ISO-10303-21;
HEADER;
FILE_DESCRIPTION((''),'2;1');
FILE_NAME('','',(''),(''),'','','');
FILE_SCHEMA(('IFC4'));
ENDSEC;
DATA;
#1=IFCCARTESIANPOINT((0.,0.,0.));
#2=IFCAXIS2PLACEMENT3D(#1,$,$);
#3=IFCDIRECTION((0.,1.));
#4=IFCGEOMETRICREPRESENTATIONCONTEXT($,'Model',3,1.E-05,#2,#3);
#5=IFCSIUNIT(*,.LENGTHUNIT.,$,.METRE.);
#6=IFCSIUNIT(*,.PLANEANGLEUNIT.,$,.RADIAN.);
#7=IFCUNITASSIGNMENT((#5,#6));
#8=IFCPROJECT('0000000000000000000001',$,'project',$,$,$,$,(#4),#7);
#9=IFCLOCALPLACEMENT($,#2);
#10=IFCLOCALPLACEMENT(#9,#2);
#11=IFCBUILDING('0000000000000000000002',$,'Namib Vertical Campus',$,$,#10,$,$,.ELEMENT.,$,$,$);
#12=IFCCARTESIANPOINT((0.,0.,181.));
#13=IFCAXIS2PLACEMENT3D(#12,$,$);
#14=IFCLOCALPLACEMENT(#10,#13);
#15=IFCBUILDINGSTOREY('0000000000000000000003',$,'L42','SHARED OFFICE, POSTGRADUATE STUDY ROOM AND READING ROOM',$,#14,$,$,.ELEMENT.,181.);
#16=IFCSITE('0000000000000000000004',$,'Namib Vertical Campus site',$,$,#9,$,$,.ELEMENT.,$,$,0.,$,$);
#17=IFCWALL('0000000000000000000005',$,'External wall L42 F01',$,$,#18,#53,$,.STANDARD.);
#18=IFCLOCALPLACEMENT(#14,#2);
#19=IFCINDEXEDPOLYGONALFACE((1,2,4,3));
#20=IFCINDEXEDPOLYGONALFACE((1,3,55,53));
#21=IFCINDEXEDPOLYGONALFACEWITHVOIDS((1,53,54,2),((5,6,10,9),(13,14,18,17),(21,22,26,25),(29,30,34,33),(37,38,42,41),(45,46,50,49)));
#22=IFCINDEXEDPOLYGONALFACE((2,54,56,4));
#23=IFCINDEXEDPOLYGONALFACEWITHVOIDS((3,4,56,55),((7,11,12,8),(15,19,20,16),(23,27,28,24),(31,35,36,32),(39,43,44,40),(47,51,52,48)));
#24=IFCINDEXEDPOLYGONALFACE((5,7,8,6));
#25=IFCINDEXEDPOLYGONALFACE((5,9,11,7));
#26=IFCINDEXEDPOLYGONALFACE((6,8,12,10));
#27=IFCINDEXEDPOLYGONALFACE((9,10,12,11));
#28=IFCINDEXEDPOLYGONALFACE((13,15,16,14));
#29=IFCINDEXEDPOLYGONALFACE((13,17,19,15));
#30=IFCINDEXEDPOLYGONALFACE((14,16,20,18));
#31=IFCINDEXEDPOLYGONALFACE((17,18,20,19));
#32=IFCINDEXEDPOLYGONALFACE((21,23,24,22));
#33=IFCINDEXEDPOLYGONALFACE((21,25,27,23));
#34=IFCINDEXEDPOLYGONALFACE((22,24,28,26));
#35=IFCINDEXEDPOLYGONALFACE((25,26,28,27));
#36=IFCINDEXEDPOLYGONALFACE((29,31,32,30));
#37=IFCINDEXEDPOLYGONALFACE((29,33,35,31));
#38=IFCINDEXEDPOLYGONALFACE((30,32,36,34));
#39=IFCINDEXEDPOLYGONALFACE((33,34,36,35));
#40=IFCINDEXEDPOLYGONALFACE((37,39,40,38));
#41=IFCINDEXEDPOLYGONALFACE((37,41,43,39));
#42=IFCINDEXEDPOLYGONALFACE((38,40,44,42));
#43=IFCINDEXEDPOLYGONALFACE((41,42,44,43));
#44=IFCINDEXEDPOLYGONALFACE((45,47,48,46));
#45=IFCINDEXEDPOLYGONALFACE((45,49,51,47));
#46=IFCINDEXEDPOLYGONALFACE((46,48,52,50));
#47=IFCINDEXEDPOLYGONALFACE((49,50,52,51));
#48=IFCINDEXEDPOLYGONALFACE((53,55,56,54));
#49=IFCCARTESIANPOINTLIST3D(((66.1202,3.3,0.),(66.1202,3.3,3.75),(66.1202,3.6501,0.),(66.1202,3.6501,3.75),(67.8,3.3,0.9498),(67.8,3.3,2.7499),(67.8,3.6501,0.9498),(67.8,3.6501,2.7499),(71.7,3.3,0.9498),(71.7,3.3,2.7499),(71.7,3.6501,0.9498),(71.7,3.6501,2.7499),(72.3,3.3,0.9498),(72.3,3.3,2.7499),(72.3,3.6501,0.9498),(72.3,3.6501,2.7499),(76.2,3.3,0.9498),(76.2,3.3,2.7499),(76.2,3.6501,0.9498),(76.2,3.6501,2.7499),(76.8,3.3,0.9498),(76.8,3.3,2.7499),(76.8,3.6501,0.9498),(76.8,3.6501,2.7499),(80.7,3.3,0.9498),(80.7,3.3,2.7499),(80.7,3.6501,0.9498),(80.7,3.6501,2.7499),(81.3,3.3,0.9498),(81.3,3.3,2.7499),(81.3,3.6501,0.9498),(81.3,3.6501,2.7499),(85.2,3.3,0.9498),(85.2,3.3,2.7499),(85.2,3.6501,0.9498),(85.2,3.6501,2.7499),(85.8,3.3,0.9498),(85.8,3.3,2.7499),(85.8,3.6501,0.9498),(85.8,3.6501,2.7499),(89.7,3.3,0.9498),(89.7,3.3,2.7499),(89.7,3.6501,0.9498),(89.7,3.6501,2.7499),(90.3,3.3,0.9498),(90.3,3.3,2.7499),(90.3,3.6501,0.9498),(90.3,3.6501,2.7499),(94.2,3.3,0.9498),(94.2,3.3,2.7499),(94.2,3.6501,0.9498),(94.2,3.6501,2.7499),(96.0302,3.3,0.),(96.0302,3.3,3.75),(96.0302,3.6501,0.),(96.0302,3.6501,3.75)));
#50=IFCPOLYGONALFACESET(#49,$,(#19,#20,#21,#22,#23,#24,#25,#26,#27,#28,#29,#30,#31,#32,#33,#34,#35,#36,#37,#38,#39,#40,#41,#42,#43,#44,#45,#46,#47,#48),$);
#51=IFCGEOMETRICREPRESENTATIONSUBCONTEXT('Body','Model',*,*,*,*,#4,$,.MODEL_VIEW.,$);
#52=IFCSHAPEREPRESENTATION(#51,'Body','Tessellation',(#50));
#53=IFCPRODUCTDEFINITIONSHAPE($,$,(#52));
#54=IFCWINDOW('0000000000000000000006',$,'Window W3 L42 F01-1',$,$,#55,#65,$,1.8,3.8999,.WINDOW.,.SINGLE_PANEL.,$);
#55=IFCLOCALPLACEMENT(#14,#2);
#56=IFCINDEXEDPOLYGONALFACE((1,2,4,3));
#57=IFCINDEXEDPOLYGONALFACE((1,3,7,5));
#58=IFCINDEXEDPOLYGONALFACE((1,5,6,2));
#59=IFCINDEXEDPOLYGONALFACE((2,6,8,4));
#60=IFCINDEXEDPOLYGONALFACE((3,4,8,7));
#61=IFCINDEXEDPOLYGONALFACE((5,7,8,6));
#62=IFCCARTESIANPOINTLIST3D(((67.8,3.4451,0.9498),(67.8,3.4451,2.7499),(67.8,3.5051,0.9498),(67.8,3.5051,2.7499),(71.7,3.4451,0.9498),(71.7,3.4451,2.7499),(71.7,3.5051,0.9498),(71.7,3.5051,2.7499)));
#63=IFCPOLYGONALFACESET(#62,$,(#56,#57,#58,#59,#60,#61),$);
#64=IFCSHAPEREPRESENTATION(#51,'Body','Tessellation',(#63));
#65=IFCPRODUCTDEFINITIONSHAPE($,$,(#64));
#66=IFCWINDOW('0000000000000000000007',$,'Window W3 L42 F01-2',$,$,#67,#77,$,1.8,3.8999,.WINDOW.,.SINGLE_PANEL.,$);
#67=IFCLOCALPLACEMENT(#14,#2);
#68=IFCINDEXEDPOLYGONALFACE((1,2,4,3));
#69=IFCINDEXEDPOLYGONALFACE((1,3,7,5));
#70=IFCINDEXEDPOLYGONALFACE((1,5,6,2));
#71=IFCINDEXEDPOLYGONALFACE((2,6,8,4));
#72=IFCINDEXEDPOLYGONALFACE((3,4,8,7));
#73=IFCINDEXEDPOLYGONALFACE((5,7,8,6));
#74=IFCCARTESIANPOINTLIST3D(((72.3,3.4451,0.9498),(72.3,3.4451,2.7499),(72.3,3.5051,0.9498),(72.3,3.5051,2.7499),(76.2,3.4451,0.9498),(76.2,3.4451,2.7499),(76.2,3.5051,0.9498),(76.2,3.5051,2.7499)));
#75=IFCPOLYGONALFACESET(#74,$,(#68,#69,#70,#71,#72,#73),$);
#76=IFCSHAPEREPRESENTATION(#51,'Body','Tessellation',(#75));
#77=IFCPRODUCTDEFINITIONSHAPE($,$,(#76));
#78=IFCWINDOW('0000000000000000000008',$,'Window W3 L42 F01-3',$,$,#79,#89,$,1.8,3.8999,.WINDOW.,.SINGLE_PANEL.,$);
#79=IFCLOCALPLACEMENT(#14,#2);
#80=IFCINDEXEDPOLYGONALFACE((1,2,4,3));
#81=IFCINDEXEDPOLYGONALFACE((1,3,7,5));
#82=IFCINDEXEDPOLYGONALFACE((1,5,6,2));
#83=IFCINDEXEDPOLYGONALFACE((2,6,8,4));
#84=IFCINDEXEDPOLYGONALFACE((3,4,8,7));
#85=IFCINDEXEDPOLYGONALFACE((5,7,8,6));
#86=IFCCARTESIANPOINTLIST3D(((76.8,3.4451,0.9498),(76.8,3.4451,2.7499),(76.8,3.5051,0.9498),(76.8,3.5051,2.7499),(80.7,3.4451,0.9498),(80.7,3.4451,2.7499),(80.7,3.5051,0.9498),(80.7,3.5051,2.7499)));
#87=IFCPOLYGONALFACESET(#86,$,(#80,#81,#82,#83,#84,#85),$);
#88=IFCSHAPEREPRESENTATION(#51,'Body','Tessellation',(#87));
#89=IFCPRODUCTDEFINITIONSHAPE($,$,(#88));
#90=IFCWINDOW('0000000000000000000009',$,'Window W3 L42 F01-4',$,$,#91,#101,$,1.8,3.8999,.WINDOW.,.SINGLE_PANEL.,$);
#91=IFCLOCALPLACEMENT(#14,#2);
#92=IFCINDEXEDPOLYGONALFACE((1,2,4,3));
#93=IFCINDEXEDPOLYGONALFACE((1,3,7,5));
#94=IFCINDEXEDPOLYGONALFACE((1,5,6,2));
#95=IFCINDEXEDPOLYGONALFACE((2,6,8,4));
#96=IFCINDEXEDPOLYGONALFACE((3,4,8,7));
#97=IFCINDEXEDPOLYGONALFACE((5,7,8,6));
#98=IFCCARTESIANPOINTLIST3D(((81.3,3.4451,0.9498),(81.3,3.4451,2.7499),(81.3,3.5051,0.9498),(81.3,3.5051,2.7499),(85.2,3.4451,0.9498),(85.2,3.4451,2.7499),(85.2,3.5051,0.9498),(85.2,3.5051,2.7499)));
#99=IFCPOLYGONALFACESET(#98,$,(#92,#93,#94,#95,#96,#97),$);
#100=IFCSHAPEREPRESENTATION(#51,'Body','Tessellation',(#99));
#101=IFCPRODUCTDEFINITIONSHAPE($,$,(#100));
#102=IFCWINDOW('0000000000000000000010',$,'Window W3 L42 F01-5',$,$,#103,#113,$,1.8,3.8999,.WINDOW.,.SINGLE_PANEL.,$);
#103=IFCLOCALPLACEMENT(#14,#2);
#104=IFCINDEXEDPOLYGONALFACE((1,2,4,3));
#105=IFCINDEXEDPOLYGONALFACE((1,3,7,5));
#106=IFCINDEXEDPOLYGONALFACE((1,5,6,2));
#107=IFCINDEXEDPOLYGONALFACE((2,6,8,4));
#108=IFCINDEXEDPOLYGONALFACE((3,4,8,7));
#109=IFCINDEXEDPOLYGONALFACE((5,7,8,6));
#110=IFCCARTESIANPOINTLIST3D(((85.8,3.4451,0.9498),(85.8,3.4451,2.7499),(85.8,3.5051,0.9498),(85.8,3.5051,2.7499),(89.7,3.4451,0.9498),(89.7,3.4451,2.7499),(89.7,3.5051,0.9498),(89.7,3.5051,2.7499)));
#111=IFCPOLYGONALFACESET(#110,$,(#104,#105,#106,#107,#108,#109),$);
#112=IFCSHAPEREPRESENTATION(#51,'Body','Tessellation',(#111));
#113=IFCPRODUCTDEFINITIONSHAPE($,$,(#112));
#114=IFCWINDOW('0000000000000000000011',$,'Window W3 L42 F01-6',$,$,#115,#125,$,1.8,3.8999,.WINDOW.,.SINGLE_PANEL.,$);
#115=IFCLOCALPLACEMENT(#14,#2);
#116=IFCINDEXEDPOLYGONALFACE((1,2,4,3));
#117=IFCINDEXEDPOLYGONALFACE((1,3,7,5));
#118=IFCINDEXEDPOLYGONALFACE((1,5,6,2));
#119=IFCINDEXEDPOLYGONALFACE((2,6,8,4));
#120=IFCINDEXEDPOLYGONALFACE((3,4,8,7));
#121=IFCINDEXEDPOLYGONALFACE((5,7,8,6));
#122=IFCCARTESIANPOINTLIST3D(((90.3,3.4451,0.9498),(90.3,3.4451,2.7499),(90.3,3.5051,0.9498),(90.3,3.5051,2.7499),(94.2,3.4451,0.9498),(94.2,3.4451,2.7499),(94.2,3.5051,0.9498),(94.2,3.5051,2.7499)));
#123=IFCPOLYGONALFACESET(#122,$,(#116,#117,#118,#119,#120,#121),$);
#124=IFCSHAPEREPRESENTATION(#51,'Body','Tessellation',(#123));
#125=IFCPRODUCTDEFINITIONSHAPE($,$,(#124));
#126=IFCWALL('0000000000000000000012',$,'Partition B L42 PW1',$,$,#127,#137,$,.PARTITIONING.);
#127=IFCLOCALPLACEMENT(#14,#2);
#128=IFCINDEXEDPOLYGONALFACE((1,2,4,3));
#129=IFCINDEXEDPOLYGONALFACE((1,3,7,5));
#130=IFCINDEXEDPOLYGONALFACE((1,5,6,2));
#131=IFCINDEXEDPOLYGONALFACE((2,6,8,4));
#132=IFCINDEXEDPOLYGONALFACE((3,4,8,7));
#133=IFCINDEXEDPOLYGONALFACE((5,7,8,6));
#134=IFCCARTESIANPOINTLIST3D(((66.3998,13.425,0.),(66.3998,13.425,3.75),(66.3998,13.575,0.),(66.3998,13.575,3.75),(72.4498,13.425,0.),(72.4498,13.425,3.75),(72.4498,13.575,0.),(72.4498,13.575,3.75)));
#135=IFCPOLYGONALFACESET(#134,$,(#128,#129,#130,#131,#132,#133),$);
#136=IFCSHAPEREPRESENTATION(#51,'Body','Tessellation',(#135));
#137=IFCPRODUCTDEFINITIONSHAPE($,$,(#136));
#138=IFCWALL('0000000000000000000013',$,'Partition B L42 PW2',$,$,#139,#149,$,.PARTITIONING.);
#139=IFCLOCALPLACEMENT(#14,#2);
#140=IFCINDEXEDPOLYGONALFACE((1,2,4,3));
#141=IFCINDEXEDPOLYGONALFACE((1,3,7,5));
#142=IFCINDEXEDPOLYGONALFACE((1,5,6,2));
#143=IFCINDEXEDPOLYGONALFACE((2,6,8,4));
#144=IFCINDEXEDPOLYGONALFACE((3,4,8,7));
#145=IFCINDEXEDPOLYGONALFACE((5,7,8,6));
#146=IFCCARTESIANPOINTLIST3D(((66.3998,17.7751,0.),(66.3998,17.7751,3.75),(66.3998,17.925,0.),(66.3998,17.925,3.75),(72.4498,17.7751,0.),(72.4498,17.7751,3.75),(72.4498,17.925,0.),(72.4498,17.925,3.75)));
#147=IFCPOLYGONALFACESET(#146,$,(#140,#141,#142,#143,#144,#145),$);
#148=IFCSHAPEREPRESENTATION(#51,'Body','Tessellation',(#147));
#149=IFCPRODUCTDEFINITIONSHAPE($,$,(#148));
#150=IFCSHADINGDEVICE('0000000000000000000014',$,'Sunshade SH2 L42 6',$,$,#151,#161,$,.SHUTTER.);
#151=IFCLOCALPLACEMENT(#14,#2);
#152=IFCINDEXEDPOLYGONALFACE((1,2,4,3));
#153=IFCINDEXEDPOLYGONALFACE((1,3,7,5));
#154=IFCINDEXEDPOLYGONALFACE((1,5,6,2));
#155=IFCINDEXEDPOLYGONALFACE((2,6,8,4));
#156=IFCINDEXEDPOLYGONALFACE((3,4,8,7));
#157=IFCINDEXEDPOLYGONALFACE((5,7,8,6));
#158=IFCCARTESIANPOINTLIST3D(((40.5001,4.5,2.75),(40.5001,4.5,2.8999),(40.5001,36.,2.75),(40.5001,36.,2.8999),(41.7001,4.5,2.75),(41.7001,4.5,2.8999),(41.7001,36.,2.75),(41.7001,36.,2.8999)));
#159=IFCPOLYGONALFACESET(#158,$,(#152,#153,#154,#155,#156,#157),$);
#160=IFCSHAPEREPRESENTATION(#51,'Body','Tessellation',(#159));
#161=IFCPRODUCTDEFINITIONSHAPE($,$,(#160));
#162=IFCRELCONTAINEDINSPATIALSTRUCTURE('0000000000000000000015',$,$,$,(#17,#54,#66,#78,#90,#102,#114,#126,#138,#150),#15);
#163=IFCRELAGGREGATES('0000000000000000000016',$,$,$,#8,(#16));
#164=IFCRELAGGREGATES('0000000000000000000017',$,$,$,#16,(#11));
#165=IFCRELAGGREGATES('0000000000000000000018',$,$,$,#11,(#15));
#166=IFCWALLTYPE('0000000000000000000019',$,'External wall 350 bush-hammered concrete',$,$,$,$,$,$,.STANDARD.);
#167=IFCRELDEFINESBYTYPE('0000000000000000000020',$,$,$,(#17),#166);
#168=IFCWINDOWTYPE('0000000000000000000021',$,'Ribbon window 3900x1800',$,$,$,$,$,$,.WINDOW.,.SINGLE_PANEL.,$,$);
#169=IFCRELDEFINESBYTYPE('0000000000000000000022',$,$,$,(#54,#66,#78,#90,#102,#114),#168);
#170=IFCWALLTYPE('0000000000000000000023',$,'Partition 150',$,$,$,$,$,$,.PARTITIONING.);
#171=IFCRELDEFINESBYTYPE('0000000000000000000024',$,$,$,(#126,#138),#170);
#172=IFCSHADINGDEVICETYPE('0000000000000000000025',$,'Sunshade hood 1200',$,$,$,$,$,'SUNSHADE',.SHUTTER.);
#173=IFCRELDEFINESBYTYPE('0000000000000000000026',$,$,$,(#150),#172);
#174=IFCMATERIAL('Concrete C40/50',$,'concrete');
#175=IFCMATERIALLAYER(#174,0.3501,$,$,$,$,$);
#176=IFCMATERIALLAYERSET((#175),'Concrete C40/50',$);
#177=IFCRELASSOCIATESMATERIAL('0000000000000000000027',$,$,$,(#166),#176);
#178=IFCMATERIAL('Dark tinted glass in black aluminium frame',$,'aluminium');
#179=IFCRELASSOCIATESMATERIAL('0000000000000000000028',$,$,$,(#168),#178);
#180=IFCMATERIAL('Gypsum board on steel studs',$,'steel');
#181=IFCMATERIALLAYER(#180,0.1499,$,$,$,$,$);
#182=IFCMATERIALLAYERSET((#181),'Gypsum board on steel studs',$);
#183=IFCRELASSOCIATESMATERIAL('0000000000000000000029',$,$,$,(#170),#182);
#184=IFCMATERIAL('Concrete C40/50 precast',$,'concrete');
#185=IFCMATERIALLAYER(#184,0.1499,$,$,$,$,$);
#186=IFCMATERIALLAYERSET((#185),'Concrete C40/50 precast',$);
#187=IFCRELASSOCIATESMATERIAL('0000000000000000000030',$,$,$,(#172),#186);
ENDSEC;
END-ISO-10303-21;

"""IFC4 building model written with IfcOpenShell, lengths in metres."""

from ifc_helpers import new_model, si_unit, direction, frame, frame_2d, origin, origin_2d, place, context, subcontext, project, spatial, rectangle, extrude, material, layer, layer_set, type_object, element, fill, save


model = new_model("IFC4")

# Units and contexts
model_context = context("Model", 3, precision=1e-05, world=origin(), true_north=direction((0.0, 1.0)))
body_context = subcontext(model_context, "Body", "Model", "MODEL_VIEW")
ifc_project = project(units=[si_unit("LENGTHUNIT", "METRE"), si_unit("PLANEANGLEUNIT", "RADIAN")], contexts=[model_context])

# Site, building, storey
site_placement = place(None, origin())
site = spatial("IfcSite", under=ifc_project, at=site_placement, Name="Namib Vertical Campus site", CompositionType="ELEMENT", RefElevation=0.0)
building_placement = place(site_placement, origin())
building = spatial("IfcBuilding", under=site, at=building_placement, Name="Namib Vertical Campus", CompositionType="ELEMENT")
storey_placement = place(building_placement, frame((0.0, 0.0, 181.0)))
storey = spatial("IfcBuildingStorey", under=building, at=storey_placement, Name="L42", Description="SHARED OFFICE, POSTGRADUATE STUDY ROOM AND READING ROOM", CompositionType="ELEMENT", Elevation=181.0)

# Wall, openings, windows
ifc_material_1 = material(Name="Concrete C40/50", Category="concrete")
ifc_layer_1 = layer(ifc_material_1, 0.3501)
ifc_layer_set_1 = layer_set([ifc_layer_1], Name="Concrete C40/50")
wall_type_1 = type_object("IfcWallType", Name="External wall 350 bush-hammered concrete", PredefinedType="STANDARD", material=ifc_layer_set_1)
ifc_material_2 = material(Name="Dark tinted glass in black aluminium frame", Category="aluminium")
window_type = type_object("IfcWindowType", Name="Ribbon window 3900x1800", PartitioningType="SINGLE_PANEL", PredefinedType="WINDOW", material=ifc_material_2)
wall_1_placement = place(storey_placement, frame((66.1201, 3.4751, 0.0), z_axis=(0.0, 0.0, 1.0), x_axis=(1.0, 0.0, 0.0)))
wall_1 = element("IfcWall", 1, at=wall_1_placement, inside=storey, type_object=wall_type_1, Name="External wall L42 F01", PredefinedType="STANDARD", context=body_context, shape_type="SweptSolid", body=[
    extrude(rectangle(XDim=29.9099, YDim=0.3501, at=frame_2d((14.9551, 0.0))), origin(), (0.0, 0.0, 1.0), 3.75),
])
opening_1_placement = place(wall_1_placement, frame((1.6799, 0.0, 0.95)))
opening_1 = element("IfcOpeningElement", 2, at=opening_1_placement, cuts=wall_1, PredefinedType="OPENING", context=body_context, shape_type="SweptSolid", body=[
    extrude(rectangle(XDim=3.8999, YDim=1.8, at=frame_2d((1.95, 0.8999))), frame((0.0, 0.1851, 0.0), z_axis=(0.0, -1.0, 0.0), x_axis=(1.0, 0.0, 0.0)), (0.0, 0.0, 1.0), 0.3701),
])
opening_2_placement = place(wall_1_placement, frame((6.1799, 0.0, 0.95)))
opening_2 = element("IfcOpeningElement", 3, at=opening_2_placement, cuts=wall_1, PredefinedType="OPENING", context=body_context, shape_type="SweptSolid", body=[
    extrude(rectangle(XDim=3.8999, YDim=1.8, at=frame_2d((1.95, 0.8999))), frame((0.0, 0.1851, 0.0), z_axis=(0.0, -1.0, 0.0), x_axis=(1.0, 0.0, 0.0)), (0.0, 0.0, 1.0), 0.3701),
])
opening_3_placement = place(wall_1_placement, frame((10.6799, 0.0, 0.95)))
opening_3 = element("IfcOpeningElement", 4, at=opening_3_placement, cuts=wall_1, PredefinedType="OPENING", context=body_context, shape_type="SweptSolid", body=[
    extrude(rectangle(XDim=3.8999, YDim=1.8, at=frame_2d((1.95, 0.8999))), frame((0.0, 0.1851, 0.0), z_axis=(0.0, -1.0, 0.0), x_axis=(1.0, 0.0, 0.0)), (0.0, 0.0, 1.0), 0.3701),
])
opening_4_placement = place(wall_1_placement, frame((15.1799, 0.0, 0.95)))
opening_4 = element("IfcOpeningElement", 5, at=opening_4_placement, cuts=wall_1, PredefinedType="OPENING", context=body_context, shape_type="SweptSolid", body=[
    extrude(rectangle(XDim=3.8999, YDim=1.8, at=frame_2d((1.95, 0.8999))), frame((0.0, 0.1851, 0.0), z_axis=(0.0, -1.0, 0.0), x_axis=(1.0, 0.0, 0.0)), (0.0, 0.0, 1.0), 0.3701),
])
opening_5_placement = place(wall_1_placement, frame((19.6799, 0.0, 0.95)))
opening_5 = element("IfcOpeningElement", 6, at=opening_5_placement, cuts=wall_1, PredefinedType="OPENING", context=body_context, shape_type="SweptSolid", body=[
    extrude(rectangle(XDim=3.8999, YDim=1.8, at=frame_2d((1.95, 0.8999))), frame((0.0, 0.1851, 0.0), z_axis=(0.0, -1.0, 0.0), x_axis=(1.0, 0.0, 0.0)), (0.0, 0.0, 1.0), 0.3701),
])
opening_6_placement = place(wall_1_placement, frame((24.1799, 0.0, 0.95)))
opening_6 = element("IfcOpeningElement", 7, at=opening_6_placement, cuts=wall_1, PredefinedType="OPENING", context=body_context, shape_type="SweptSolid", body=[
    extrude(rectangle(XDim=3.8999, YDim=1.8, at=frame_2d((1.95, 0.8999))), frame((0.0, 0.1851, 0.0), z_axis=(0.0, -1.0, 0.0), x_axis=(1.0, 0.0, 0.0)), (0.0, 0.0, 1.0), 0.3701),
])
window_1_placement = place(opening_1_placement, origin())
window_1 = element("IfcWindow", 8, at=window_1_placement, inside=storey, type_object=window_type, Name="Window W3 L42 F01-1", OverallHeight=1.8, OverallWidth=3.8999, PartitioningType="SINGLE_PANEL", PredefinedType="WINDOW", context=body_context, shape_type="SweptSolid", body=[
    extrude(rectangle(XDim=3.8999, YDim=1.8, at=frame_2d((1.95, 0.8999))), frame((0.0, 0.03, 0.0), z_axis=(0.0, -1.0, 0.0), x_axis=(1.0, 0.0, 0.0)), (0.0, 0.0, 1.0), 0.0601),
])
fill(opening_1, window_1)
window_2_placement = place(opening_2_placement, origin())
window_2 = element("IfcWindow", 9, at=window_2_placement, inside=storey, type_object=window_type, Name="Window W3 L42 F01-2", OverallHeight=1.8, OverallWidth=3.8999, PartitioningType="SINGLE_PANEL", PredefinedType="WINDOW", context=body_context, shape_type="SweptSolid", body=[
    extrude(rectangle(XDim=3.8999, YDim=1.8, at=frame_2d((1.95, 0.8999))), frame((0.0, 0.03, 0.0), z_axis=(0.0, -1.0, 0.0), x_axis=(1.0, 0.0, 0.0)), (0.0, 0.0, 1.0), 0.0601),
])
fill(opening_2, window_2)
window_3_placement = place(opening_3_placement, origin())
window_3 = element("IfcWindow", 10, at=window_3_placement, inside=storey, type_object=window_type, Name="Window W3 L42 F01-3", OverallHeight=1.8, OverallWidth=3.8999, PartitioningType="SINGLE_PANEL", PredefinedType="WINDOW", context=body_context, shape_type="SweptSolid", body=[
    extrude(rectangle(XDim=3.8999, YDim=1.8, at=frame_2d((1.95, 0.8999))), frame((0.0, 0.03, 0.0), z_axis=(0.0, -1.0, 0.0), x_axis=(1.0, 0.0, 0.0)), (0.0, 0.0, 1.0), 0.0601),
])
fill(opening_3, window_3)
window_4_placement = place(opening_4_placement, origin())
window_4 = element("IfcWindow", 11, at=window_4_placement, inside=storey, type_object=window_type, Name="Window W3 L42 F01-4", OverallHeight=1.8, OverallWidth=3.8999, PartitioningType="SINGLE_PANEL", PredefinedType="WINDOW", context=body_context, shape_type="SweptSolid", body=[
    extrude(rectangle(XDim=3.8999, YDim=1.8, at=frame_2d((1.95, 0.8999))), frame((0.0, 0.03, 0.0), z_axis=(0.0, -1.0, 0.0), x_axis=(1.0, 0.0, 0.0)), (0.0, 0.0, 1.0), 0.0601),
])
fill(opening_4, window_4)
window_5_placement = place(opening_5_placement, origin())
window_5 = element("IfcWindow", 12, at=window_5_placement, inside=storey, type_object=window_type, Name="Window W3 L42 F01-5", OverallHeight=1.8, OverallWidth=3.8999, PartitioningType="SINGLE_PANEL", PredefinedType="WINDOW", context=body_context, shape_type="SweptSolid", body=[
    extrude(rectangle(XDim=3.8999, YDim=1.8, at=frame_2d((1.95, 0.8999))), frame((0.0, 0.03, 0.0), z_axis=(0.0, -1.0, 0.0), x_axis=(1.0, 0.0, 0.0)), (0.0, 0.0, 1.0), 0.0601),
])
fill(opening_5, window_5)
window_6_placement = place(opening_6_placement, origin())
window_6 = element("IfcWindow", 13, at=window_6_placement, inside=storey, type_object=window_type, Name="Window W3 L42 F01-6", OverallHeight=1.8, OverallWidth=3.8999, PartitioningType="SINGLE_PANEL", PredefinedType="WINDOW", context=body_context, shape_type="SweptSolid", body=[
    extrude(rectangle(XDim=3.8999, YDim=1.8, at=frame_2d((1.95, 0.8999))), frame((0.0, 0.03, 0.0), z_axis=(0.0, -1.0, 0.0), x_axis=(1.0, 0.0, 0.0)), (0.0, 0.0, 1.0), 0.0601),
])
fill(opening_6, window_6)

# Walls
ifc_material_3 = material(Name="Gypsum board on steel studs", Category="steel")
ifc_layer_2 = layer(ifc_material_3, 0.1499)
ifc_layer_set_2 = layer_set([ifc_layer_2], Name="Gypsum board on steel studs")
wall_type_2 = type_object("IfcWallType", Name="Partition 150", PredefinedType="PARTITIONING", material=ifc_layer_set_2)
for number, where, z_axis, x_axis, name in (
    (14, (66.3999, 13.5, 0.0), (0.0, 0.0, 1.0), (1.0, 0.0, 0.0), "Partition B L42 PW1"),
    (15, (66.3999, 17.8501, 0.0), (0.0, 0.0, 1.0), (1.0, 0.0, 0.0), "Partition B L42 PW2"),
):
    element("IfcWall", number, at=place(storey_placement, frame(where, z_axis=z_axis, x_axis=x_axis)), inside=storey, type_object=wall_type_2, Name=name, PredefinedType="PARTITIONING", context=body_context, shape_type="SweptSolid", body=[
        extrude(rectangle(XDim=6.05, YDim=0.1499, at=frame_2d((3.0249, 0.0))), origin(), (0.0, 0.0, 1.0), 3.75),
    ])

# Shading device
ifc_material_4 = material(Name="Concrete C40/50 precast", Category="concrete")
ifc_layer_3 = layer(ifc_material_4, 0.1499)
ifc_layer_set_3 = layer_set([ifc_layer_3], Name="Concrete C40/50 precast")
shading_device_type = type_object("IfcShadingDeviceType", Name="Sunshade hood 1200", ElementType="SUNSHADE", PredefinedType="SHUTTER", material=ifc_layer_set_3)
shading_device_placement = place(storey_placement, frame((41.1001, 20.25, 2.75), z_axis=(0.0, 0.0, 1.0), x_axis=(0.0, 1.0, 0.0)))
element("IfcShadingDevice", 16, at=shading_device_placement, inside=storey, type_object=shading_device_type, Name="Sunshade SH2 L42 6", PredefinedType="SHUTTER", context=body_context, shape_type="SweptSolid", body=[
    extrude(rectangle(XDim=31.5, YDim=1.2, at=origin_2d()), origin(), (0.0, 0.0, 1.0), 0.1499),
])

save(model, "model.ifc")
